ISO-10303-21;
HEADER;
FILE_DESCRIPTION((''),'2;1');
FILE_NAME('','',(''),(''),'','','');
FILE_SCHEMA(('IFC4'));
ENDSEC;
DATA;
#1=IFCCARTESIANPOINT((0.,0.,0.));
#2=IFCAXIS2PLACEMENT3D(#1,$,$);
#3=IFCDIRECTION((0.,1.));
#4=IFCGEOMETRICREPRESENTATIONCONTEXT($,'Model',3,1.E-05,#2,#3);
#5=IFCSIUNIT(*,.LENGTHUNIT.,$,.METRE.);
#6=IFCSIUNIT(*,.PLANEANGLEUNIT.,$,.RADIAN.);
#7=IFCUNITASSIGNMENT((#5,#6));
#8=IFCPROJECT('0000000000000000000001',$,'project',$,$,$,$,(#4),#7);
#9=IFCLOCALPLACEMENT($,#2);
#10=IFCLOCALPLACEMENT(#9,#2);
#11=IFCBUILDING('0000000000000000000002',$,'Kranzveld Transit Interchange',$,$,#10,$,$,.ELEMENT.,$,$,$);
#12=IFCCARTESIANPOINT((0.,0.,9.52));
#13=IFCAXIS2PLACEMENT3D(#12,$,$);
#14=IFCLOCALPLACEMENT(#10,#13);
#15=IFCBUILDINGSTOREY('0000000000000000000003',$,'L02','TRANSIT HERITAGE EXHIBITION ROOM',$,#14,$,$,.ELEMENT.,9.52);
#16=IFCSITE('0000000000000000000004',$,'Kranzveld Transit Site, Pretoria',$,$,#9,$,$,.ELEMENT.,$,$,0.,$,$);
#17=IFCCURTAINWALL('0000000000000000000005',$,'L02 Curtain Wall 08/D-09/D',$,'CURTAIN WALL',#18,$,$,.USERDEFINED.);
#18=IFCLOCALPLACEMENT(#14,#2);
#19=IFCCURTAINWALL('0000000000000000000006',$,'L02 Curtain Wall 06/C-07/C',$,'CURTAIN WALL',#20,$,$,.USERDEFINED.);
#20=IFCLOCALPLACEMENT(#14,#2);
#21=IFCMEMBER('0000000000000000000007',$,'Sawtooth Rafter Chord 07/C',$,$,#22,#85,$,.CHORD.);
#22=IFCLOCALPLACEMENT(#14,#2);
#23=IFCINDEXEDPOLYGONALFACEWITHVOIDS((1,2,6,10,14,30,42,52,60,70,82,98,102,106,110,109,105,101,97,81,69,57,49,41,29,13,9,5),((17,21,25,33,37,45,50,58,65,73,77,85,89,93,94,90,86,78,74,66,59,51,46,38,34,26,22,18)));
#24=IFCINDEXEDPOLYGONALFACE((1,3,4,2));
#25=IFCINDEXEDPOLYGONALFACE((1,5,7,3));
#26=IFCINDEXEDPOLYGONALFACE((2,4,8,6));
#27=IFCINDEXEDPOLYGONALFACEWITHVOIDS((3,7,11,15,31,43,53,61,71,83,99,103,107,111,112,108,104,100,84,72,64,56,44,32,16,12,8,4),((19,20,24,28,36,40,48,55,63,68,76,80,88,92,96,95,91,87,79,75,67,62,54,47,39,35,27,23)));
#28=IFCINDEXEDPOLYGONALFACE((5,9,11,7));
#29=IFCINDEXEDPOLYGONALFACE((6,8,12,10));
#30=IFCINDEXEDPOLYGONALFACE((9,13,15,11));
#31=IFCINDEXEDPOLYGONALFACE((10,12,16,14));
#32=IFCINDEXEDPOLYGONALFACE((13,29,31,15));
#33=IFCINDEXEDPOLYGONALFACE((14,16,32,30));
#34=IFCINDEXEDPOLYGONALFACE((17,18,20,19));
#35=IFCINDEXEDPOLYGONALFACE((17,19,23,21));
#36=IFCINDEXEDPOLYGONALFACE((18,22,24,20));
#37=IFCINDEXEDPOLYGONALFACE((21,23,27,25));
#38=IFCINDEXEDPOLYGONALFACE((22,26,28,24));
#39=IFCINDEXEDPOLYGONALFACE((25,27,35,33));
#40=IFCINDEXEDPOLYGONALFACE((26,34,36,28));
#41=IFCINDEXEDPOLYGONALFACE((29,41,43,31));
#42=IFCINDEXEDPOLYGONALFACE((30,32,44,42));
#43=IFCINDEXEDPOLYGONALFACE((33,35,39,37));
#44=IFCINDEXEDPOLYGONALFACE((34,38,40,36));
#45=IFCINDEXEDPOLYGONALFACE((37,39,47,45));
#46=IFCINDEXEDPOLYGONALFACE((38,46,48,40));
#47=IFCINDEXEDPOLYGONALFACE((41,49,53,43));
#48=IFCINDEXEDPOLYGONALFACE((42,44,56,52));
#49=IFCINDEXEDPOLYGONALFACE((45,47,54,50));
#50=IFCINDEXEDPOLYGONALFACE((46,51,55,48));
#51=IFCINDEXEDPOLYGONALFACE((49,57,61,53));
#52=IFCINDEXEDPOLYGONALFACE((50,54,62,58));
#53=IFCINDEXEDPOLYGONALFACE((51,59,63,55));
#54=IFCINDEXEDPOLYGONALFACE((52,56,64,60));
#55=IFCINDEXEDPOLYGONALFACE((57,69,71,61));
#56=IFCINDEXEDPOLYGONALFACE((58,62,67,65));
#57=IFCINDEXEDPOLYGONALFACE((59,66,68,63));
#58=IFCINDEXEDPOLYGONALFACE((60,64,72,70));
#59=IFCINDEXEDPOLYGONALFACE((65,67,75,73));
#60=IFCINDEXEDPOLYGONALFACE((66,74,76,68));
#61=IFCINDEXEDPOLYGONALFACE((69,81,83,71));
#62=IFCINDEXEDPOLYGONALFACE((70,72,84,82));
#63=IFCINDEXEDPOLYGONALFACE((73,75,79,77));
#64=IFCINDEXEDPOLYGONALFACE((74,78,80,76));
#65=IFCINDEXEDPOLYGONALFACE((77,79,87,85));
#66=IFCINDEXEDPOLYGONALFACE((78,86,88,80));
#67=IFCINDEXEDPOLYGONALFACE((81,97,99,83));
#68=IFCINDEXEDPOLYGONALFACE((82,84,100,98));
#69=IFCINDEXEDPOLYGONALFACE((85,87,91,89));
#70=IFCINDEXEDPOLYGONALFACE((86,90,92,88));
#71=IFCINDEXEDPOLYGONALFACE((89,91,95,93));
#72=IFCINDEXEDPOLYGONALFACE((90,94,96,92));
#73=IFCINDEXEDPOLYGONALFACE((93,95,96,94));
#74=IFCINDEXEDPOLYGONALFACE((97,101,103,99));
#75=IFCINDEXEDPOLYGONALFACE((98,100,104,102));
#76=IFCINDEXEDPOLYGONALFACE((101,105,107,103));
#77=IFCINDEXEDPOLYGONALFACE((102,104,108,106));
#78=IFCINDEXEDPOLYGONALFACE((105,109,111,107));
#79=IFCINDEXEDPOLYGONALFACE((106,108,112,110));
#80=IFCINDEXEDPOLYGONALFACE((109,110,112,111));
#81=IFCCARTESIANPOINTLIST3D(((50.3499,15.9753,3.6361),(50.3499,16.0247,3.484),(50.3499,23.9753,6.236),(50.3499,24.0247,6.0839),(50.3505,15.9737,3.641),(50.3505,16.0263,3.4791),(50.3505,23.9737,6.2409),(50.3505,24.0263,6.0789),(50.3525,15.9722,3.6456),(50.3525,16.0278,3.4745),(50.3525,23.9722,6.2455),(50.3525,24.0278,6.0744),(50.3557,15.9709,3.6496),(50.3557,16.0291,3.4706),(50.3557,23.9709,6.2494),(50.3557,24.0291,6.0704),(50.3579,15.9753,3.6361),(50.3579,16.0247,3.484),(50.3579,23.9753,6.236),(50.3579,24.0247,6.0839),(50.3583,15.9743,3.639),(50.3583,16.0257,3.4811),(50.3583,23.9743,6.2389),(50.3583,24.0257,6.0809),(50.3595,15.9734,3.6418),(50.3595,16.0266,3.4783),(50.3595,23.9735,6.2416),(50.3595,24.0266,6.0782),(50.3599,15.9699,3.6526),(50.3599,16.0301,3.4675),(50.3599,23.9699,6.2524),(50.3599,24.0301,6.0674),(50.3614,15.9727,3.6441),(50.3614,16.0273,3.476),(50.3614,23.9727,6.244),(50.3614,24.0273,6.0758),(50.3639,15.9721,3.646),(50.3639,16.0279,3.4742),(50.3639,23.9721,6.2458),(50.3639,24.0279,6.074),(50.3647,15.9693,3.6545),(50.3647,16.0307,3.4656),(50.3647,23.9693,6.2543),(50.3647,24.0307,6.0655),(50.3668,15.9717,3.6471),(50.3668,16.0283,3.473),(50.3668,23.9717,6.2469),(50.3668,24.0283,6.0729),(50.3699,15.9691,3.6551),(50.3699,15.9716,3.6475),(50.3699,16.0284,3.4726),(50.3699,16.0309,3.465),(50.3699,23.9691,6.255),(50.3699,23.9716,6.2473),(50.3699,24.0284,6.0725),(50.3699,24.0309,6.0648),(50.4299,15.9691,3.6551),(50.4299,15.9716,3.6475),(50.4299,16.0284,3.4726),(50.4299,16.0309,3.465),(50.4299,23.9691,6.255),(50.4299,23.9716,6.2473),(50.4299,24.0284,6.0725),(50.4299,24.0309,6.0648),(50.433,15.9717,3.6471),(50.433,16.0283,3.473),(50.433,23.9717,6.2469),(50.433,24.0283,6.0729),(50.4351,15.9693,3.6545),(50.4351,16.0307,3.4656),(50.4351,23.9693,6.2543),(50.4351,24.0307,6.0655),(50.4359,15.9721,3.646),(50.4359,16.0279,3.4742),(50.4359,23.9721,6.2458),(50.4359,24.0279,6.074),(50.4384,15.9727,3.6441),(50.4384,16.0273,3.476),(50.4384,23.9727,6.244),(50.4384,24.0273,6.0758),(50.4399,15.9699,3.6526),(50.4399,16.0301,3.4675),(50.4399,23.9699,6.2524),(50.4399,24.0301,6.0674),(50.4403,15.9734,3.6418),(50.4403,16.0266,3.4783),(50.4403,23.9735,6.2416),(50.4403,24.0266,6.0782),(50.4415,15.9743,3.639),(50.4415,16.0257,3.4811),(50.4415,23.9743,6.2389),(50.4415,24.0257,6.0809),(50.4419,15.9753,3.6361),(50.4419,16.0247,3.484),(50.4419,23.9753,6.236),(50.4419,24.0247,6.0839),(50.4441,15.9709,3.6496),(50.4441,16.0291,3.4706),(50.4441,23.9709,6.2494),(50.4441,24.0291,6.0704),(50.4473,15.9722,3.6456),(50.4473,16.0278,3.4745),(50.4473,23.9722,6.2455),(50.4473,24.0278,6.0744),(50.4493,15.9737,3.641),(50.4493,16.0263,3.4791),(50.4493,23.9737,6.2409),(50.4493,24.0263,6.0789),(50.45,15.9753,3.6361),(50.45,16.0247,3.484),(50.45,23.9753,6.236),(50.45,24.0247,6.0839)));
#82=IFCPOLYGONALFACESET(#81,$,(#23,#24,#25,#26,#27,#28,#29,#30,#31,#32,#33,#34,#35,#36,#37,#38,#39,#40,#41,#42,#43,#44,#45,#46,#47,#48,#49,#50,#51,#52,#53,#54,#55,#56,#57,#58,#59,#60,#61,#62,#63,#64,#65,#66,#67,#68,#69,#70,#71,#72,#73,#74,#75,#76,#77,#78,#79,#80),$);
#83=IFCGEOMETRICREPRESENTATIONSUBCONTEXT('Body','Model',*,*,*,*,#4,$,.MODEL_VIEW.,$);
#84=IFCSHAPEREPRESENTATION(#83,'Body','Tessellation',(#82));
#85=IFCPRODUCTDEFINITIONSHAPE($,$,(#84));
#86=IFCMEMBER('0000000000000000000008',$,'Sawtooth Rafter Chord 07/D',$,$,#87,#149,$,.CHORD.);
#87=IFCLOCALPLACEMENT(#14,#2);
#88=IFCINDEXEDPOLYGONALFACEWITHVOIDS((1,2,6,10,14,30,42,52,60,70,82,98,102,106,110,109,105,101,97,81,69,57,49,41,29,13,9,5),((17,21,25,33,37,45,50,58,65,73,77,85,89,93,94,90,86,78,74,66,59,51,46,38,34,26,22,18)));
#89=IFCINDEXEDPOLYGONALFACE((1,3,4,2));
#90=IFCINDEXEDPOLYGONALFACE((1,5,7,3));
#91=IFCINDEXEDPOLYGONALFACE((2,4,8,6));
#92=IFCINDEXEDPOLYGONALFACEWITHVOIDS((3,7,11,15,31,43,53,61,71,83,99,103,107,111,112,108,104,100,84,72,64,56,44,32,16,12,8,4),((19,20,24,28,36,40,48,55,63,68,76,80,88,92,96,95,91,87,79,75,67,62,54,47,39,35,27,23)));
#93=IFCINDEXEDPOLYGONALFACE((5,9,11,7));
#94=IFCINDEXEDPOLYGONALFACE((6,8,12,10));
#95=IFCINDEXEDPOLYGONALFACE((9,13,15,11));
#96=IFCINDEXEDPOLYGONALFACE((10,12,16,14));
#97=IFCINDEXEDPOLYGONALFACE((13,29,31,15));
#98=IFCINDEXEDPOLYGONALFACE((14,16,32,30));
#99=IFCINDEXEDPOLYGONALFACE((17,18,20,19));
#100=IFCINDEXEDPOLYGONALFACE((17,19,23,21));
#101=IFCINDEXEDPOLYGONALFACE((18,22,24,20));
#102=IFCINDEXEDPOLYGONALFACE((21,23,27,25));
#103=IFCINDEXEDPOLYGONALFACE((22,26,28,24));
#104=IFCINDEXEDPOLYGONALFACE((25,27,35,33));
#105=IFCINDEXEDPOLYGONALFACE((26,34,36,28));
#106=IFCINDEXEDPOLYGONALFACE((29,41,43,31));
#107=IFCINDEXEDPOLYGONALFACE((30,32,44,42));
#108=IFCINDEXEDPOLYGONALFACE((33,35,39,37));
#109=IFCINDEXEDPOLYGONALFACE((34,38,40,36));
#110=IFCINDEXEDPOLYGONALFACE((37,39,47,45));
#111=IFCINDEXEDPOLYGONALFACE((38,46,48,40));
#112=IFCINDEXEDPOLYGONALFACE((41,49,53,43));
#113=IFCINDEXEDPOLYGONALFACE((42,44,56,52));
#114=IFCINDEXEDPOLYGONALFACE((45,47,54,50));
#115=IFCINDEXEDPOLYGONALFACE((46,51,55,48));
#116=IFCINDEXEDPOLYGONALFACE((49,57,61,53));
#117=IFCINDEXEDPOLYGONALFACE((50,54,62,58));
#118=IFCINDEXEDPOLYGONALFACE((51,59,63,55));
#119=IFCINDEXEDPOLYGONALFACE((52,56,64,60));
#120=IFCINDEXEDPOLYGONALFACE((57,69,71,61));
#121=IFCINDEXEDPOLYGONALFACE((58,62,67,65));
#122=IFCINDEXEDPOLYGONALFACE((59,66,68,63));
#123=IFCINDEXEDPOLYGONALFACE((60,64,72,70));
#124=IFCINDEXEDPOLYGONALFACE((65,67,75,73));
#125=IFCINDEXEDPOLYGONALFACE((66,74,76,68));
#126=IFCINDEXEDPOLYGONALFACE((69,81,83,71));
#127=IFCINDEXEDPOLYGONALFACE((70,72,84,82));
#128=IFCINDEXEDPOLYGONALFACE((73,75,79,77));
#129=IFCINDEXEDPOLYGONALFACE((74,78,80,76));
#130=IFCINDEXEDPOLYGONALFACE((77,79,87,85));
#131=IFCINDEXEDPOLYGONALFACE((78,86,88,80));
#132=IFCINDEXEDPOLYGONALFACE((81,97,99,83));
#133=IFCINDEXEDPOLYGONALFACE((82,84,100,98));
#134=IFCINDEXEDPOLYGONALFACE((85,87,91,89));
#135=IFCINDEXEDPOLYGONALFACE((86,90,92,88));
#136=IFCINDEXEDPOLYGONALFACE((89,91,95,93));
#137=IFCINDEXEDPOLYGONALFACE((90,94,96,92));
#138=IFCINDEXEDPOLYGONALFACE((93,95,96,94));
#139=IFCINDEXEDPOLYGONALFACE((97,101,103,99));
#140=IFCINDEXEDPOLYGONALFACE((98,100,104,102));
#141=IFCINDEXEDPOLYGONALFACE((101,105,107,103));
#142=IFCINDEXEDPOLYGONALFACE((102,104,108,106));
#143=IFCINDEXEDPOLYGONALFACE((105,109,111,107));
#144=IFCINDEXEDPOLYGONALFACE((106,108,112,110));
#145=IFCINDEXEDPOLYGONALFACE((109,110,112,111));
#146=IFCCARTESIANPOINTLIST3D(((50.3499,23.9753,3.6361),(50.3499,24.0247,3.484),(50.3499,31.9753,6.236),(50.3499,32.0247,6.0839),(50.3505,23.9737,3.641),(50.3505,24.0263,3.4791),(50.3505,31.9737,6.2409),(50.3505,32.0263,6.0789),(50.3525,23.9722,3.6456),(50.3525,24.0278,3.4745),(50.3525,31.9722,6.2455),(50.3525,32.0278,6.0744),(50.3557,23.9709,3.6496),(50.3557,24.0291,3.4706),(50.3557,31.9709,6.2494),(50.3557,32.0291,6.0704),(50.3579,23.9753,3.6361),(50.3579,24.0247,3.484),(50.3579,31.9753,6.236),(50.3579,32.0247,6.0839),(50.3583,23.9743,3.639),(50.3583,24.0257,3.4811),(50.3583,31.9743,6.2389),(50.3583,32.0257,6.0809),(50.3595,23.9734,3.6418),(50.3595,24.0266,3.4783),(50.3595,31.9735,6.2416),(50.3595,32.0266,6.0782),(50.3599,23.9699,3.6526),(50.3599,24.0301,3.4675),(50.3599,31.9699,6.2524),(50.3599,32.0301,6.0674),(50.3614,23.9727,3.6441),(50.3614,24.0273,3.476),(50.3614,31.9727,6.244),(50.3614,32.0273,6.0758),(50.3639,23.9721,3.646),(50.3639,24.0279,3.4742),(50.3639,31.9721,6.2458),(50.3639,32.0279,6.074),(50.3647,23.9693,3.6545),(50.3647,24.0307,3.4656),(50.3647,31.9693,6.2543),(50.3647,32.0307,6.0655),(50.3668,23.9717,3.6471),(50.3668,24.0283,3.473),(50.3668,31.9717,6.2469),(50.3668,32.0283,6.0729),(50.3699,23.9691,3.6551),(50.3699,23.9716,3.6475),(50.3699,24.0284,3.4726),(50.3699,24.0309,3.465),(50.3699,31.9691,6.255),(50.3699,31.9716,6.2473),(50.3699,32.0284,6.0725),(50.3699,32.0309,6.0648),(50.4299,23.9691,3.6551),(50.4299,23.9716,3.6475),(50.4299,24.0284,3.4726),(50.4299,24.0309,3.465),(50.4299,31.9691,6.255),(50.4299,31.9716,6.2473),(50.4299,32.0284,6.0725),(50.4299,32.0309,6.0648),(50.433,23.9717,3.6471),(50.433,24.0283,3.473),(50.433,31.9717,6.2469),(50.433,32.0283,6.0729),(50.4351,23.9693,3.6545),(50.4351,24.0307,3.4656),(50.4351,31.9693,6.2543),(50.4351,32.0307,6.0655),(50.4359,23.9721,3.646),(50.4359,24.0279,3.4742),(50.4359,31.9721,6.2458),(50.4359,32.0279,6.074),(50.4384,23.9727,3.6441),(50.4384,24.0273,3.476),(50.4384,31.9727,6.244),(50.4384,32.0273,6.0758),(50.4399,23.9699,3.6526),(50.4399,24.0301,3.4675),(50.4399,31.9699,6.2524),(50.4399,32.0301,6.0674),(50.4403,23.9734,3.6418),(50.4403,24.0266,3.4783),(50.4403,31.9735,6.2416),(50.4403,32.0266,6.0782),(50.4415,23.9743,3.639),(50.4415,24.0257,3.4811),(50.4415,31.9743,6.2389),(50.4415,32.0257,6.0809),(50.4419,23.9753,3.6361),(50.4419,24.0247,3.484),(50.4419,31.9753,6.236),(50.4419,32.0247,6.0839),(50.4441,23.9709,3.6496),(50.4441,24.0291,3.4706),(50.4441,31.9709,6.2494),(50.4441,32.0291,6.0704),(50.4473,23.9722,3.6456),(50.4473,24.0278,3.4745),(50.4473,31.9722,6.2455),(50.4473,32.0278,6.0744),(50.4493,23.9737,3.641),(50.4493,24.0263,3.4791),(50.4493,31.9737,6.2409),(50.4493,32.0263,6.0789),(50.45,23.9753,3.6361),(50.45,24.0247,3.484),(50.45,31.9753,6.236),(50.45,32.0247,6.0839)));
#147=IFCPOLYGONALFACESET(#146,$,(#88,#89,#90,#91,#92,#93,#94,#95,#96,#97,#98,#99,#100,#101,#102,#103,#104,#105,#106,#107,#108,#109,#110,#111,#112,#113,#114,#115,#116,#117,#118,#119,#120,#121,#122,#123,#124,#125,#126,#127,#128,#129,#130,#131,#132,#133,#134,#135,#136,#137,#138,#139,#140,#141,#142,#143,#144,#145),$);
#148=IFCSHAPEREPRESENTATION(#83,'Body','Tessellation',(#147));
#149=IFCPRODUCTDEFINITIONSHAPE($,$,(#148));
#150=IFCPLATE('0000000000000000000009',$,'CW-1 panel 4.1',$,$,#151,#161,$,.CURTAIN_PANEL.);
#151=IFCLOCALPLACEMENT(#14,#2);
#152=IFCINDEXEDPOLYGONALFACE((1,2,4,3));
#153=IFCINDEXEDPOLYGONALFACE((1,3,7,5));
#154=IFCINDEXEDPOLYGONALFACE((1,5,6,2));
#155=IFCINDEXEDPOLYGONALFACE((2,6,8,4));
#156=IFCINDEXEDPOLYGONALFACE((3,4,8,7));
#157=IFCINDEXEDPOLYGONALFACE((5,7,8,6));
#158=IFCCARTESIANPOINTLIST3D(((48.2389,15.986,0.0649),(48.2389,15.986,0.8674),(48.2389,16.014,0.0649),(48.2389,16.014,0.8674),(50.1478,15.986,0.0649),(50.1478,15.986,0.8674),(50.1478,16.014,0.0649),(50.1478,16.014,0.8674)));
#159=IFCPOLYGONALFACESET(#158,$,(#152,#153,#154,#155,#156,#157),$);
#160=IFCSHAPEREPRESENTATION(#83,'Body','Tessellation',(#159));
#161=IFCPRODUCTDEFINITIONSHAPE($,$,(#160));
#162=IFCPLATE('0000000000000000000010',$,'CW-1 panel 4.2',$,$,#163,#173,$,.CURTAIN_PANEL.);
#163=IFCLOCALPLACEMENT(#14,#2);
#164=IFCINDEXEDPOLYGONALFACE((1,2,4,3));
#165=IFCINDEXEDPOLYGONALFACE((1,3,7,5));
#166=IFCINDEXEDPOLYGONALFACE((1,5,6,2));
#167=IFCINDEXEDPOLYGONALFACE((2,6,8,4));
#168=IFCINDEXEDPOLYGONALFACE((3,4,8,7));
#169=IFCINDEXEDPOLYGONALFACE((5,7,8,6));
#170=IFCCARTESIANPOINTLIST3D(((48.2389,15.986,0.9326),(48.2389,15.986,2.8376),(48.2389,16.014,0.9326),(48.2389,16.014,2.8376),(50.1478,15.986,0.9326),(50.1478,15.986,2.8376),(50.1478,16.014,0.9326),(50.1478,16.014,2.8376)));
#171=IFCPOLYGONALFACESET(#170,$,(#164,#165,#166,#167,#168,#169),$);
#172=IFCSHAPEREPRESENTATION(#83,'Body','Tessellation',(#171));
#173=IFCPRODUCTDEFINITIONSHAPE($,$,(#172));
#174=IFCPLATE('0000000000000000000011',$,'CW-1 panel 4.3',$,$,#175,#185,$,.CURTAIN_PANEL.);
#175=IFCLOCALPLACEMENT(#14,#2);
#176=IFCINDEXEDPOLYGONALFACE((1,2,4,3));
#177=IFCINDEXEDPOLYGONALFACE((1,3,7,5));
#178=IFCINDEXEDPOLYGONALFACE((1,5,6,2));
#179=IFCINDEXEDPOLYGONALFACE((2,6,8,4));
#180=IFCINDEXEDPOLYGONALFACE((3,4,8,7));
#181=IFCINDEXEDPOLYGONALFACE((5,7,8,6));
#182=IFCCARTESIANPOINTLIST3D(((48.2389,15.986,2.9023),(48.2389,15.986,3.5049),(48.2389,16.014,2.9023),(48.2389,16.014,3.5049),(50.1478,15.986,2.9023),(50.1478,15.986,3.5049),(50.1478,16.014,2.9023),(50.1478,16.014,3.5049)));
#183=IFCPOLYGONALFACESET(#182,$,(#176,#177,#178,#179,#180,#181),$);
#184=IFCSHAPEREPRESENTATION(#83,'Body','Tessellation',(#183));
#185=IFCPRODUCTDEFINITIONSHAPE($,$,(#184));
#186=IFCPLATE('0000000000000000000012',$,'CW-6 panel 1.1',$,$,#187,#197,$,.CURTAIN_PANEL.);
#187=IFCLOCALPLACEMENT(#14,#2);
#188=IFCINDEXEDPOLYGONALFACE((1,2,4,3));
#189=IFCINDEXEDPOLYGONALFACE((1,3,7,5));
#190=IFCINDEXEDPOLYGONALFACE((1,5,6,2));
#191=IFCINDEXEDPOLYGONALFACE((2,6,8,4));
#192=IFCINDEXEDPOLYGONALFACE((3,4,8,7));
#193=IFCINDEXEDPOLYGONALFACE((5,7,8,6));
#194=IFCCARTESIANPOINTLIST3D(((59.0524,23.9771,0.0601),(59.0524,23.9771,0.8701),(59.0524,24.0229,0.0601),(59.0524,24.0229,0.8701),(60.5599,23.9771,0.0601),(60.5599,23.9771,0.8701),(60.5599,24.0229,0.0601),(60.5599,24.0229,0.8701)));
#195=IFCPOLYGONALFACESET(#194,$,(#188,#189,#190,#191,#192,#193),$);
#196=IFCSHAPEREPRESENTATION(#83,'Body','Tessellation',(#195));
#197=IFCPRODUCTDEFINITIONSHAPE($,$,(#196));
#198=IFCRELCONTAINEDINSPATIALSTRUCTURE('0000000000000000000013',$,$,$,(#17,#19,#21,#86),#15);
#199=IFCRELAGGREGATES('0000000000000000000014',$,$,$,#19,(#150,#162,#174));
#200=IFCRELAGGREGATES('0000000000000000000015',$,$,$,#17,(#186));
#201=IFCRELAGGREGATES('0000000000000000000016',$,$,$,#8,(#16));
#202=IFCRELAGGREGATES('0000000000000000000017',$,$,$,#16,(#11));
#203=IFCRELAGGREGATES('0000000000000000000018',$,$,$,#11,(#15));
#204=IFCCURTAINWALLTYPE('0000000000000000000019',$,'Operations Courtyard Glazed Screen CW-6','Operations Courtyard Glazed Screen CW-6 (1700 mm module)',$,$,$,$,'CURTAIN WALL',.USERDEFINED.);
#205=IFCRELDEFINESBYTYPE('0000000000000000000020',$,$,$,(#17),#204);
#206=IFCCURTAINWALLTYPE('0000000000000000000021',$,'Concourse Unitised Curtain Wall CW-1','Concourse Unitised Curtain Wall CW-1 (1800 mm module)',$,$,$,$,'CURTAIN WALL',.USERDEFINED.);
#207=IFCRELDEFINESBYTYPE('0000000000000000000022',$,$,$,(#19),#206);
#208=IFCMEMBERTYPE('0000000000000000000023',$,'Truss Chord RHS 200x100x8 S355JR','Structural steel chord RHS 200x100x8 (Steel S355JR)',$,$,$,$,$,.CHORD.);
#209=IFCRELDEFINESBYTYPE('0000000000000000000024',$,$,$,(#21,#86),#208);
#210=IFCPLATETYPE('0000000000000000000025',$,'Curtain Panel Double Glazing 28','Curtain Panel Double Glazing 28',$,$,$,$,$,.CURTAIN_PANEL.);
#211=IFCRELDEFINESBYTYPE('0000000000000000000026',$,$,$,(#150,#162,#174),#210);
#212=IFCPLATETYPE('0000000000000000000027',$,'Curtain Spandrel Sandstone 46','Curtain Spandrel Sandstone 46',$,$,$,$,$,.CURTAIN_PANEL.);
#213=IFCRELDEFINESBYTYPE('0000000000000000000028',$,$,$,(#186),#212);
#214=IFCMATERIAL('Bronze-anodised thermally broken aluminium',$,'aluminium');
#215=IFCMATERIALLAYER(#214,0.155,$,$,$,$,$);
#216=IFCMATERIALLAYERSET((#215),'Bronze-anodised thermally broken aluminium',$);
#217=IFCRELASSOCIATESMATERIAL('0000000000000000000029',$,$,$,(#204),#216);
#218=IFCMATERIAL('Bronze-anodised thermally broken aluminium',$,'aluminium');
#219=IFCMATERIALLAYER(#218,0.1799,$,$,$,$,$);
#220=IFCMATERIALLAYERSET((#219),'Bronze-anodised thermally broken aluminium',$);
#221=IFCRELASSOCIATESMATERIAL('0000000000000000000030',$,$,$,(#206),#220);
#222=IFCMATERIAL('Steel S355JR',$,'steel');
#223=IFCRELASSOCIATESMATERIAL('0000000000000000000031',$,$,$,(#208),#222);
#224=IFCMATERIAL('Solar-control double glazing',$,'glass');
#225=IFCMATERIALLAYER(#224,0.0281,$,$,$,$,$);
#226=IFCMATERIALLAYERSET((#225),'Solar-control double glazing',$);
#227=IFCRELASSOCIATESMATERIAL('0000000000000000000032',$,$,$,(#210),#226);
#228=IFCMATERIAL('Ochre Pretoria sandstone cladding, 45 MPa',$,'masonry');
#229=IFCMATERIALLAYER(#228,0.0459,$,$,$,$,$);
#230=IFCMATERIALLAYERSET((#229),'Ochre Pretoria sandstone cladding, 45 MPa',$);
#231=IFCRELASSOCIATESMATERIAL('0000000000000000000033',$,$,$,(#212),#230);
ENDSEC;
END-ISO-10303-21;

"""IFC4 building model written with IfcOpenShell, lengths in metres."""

from ifc_helpers import new_model, si_unit, direction, frame, origin, origin_2d, place, context, subcontext, project, spatial, rectangle, hollow_rectangle, extrude, material, layer, layer_set, material_profile, profile_set, type_object, element, aggregate, save


model = new_model("IFC4")

# Units and contexts
model_context = context("Model", 3, precision=1e-05, world=origin(), true_north=direction((0.0, 1.0)))
body_context = subcontext(model_context, "Body", "Model", "MODEL_VIEW")
ifc_project = project(units=[si_unit("LENGTHUNIT", "METRE"), si_unit("PLANEANGLEUNIT", "RADIAN")], contexts=[model_context])

# Site, building, storey
site_placement = place(None, origin())
site = spatial("IfcSite", under=ifc_project, at=site_placement, Name="Kranzveld Transit Site, Pretoria", CompositionType="ELEMENT", RefElevation=0.0)
building_placement = place(site_placement, origin())
building = spatial("IfcBuilding", under=site, at=building_placement, Name="Kranzveld Transit Interchange", CompositionType="ELEMENT")
storey_placement = place(building_placement, frame((0.0, 0.0, 9.52)))
storey = spatial("IfcBuildingStorey", under=building, at=storey_placement, Name="L02", Description="TRANSIT HERITAGE EXHIBITION ROOM", CompositionType="ELEMENT", Elevation=9.52)

# Curtain wall
ifc_material_1 = material(Name="Bronze-anodised thermally broken aluminium", Category="aluminium")
ifc_layer_1 = layer(ifc_material_1, 0.155)
ifc_layer_set_1 = layer_set([ifc_layer_1], Name="Bronze-anodised thermally broken aluminium")
curtain_wall_type_1 = type_object("IfcCurtainWallType", Name="Operations Courtyard Glazed Screen CW-6", Description="Operations Courtyard Glazed Screen CW-6 (1700 mm module)", ElementType="CURTAIN WALL", PredefinedType="USERDEFINED", material=ifc_layer_set_1)
curtain_wall_1_placement = place(storey_placement, origin())
curtain_wall_1 = element("IfcCurtainWall", 1, at=curtain_wall_1_placement, inside=storey, type_object=curtain_wall_type_1, Name="L02 Curtain Wall 08/D-09/D", ObjectType="CURTAIN WALL", PredefinedType="USERDEFINED")

# Curtain wall
ifc_material_2 = material(Name="Bronze-anodised thermally broken aluminium", Category="aluminium")
ifc_layer_2 = layer(ifc_material_2, 0.1799)
ifc_layer_set_2 = layer_set([ifc_layer_2], Name="Bronze-anodised thermally broken aluminium")
curtain_wall_type_2 = type_object("IfcCurtainWallType", Name="Concourse Unitised Curtain Wall CW-1", Description="Concourse Unitised Curtain Wall CW-1 (1800 mm module)", ElementType="CURTAIN WALL", PredefinedType="USERDEFINED", material=ifc_layer_set_2)
curtain_wall_2_placement = place(storey_placement, origin())
curtain_wall_2 = element("IfcCurtainWall", 2, at=curtain_wall_2_placement, inside=storey, type_object=curtain_wall_type_2, Name="L02 Curtain Wall 06/C-07/C", ObjectType="CURTAIN WALL", PredefinedType="USERDEFINED")

# Members
ifc_material_3 = material(Name="Steel S355JR", Category="steel")
ifc_material_profile_1 = material_profile(ifc_material_3, hollow_rectangle(XDim=0.1001, YDim=0.2, WallThickness=0.0081, InnerFilletRadius=0.012, OuterFilletRadius=0.02, at=origin_2d()), Name="RHS 200x100x8")
ifc_profile_set_1 = profile_set([ifc_material_profile_1], Name="Steel S355JR")
member_type_1 = type_object("IfcMemberType", Name="Truss Chord RHS 200x100x8 S355JR", Description="Structural steel chord RHS 200x100x8 (Steel S355JR)", PredefinedType="CHORD", material=ifc_profile_set_1)
for number, where, z_axis, x_axis, name in (
    (3, (50.3999, 16.0, 3.5601), (0.0, 0.951039, 0.30907), (-1.0, 0.0, 0.0), "Sawtooth Rafter Chord 07/C"),
    (4, (50.3999, 24.0, 3.5601), (0.0, 0.951039, 0.30907), (-1.0, 0.0, 0.0), "Sawtooth Rafter Chord 07/D"),
):
    element("IfcMember", number, at=place(storey_placement, frame(where, z_axis=z_axis, x_axis=x_axis)), inside=storey, type_object=member_type_1, Name=name, PredefinedType="CHORD", context=body_context, shape_type="SweptSolid", body=[
        extrude(hollow_rectangle(XDim=0.1001, YDim=0.2, WallThickness=0.0081, InnerFilletRadius=0.012, OuterFilletRadius=0.02, at=origin_2d()), origin(), (0.0, 0.0, 1.0), 8.4119),
    ])

# Plates
ifc_material_4 = material(Name="Solar-control double glazing", Category="glass")
ifc_layer_3 = layer(ifc_material_4, 0.0281)
ifc_layer_set_3 = layer_set([ifc_layer_3], Name="Solar-control double glazing")
plate_type_1 = type_object("IfcPlateType", Name="Curtain Panel Double Glazing 28", Description="Curtain Panel Double Glazing 28", PredefinedType="CURTAIN_PANEL", material=ifc_layer_set_3)
plate_1_placement = place(storey_placement, frame((49.1934, 16.0, 0.0649), z_axis=(0.0, 0.0, 1.0), x_axis=(1.0, 0.0, 0.0)))
plate_1 = element("IfcPlate", 5, at=plate_1_placement, type_object=plate_type_1, Name="CW-1 panel 4.1", PredefinedType="CURTAIN_PANEL", context=body_context, shape_type="SweptSolid", body=[
    extrude(rectangle(XDim=1.9089, YDim=0.0281, at=origin_2d()), origin(), (0.0, 0.0, 1.0), 0.8025),
])
plate_2_placement = place(storey_placement, frame((49.1934, 16.0, 0.9326), z_axis=(0.0, 0.0, 1.0), x_axis=(1.0, 0.0, 0.0)))
plate_2 = element("IfcPlate", 6, at=plate_2_placement, type_object=plate_type_1, Name="CW-1 panel 4.2", PredefinedType="CURTAIN_PANEL", context=body_context, shape_type="SweptSolid", body=[
    extrude(rectangle(XDim=1.9089, YDim=0.0281, at=origin_2d()), origin(), (0.0, 0.0, 1.0), 1.905),
])
plate_3_placement = place(storey_placement, frame((49.1934, 16.0, 2.9023), z_axis=(0.0, 0.0, 1.0), x_axis=(1.0, 0.0, 0.0)))
plate_3 = element("IfcPlate", 7, at=plate_3_placement, type_object=plate_type_1, Name="CW-1 panel 4.3", PredefinedType="CURTAIN_PANEL", context=body_context, shape_type="SweptSolid", body=[
    extrude(rectangle(XDim=1.9089, YDim=0.0281, at=origin_2d()), origin(), (0.0, 0.0, 1.0), 0.6025),
])
aggregate(curtain_wall_2, [plate_1, plate_2, plate_3])
ifc_material_5 = material(Name="Ochre Pretoria sandstone cladding, 45 MPa", Category="masonry")
ifc_layer_4 = layer(ifc_material_5, 0.0459)
ifc_layer_set_4 = layer_set([ifc_layer_4], Name="Ochre Pretoria sandstone cladding, 45 MPa")
plate_type_2 = type_object("IfcPlateType", Name="Curtain Spandrel Sandstone 46", Description="Curtain Spandrel Sandstone 46", PredefinedType="CURTAIN_PANEL", material=ifc_layer_set_4)
plate_4_placement = place(storey_placement, frame((59.8062, 24.0, 0.0601), z_axis=(0.0, 0.0, 1.0), x_axis=(1.0, 0.0, 0.0)))
plate_4 = element("IfcPlate", 8, at=plate_4_placement, type_object=plate_type_2, Name="CW-6 panel 1.1", PredefinedType="CURTAIN_PANEL", context=body_context, shape_type="SweptSolid", body=[
    extrude(rectangle(XDim=1.5076, YDim=0.0459, at=origin_2d()), origin(), (0.0, 0.0, 1.0), 0.8101),
])
aggregate(curtain_wall_1, [plate_4])

save(model, "model.ifc")
